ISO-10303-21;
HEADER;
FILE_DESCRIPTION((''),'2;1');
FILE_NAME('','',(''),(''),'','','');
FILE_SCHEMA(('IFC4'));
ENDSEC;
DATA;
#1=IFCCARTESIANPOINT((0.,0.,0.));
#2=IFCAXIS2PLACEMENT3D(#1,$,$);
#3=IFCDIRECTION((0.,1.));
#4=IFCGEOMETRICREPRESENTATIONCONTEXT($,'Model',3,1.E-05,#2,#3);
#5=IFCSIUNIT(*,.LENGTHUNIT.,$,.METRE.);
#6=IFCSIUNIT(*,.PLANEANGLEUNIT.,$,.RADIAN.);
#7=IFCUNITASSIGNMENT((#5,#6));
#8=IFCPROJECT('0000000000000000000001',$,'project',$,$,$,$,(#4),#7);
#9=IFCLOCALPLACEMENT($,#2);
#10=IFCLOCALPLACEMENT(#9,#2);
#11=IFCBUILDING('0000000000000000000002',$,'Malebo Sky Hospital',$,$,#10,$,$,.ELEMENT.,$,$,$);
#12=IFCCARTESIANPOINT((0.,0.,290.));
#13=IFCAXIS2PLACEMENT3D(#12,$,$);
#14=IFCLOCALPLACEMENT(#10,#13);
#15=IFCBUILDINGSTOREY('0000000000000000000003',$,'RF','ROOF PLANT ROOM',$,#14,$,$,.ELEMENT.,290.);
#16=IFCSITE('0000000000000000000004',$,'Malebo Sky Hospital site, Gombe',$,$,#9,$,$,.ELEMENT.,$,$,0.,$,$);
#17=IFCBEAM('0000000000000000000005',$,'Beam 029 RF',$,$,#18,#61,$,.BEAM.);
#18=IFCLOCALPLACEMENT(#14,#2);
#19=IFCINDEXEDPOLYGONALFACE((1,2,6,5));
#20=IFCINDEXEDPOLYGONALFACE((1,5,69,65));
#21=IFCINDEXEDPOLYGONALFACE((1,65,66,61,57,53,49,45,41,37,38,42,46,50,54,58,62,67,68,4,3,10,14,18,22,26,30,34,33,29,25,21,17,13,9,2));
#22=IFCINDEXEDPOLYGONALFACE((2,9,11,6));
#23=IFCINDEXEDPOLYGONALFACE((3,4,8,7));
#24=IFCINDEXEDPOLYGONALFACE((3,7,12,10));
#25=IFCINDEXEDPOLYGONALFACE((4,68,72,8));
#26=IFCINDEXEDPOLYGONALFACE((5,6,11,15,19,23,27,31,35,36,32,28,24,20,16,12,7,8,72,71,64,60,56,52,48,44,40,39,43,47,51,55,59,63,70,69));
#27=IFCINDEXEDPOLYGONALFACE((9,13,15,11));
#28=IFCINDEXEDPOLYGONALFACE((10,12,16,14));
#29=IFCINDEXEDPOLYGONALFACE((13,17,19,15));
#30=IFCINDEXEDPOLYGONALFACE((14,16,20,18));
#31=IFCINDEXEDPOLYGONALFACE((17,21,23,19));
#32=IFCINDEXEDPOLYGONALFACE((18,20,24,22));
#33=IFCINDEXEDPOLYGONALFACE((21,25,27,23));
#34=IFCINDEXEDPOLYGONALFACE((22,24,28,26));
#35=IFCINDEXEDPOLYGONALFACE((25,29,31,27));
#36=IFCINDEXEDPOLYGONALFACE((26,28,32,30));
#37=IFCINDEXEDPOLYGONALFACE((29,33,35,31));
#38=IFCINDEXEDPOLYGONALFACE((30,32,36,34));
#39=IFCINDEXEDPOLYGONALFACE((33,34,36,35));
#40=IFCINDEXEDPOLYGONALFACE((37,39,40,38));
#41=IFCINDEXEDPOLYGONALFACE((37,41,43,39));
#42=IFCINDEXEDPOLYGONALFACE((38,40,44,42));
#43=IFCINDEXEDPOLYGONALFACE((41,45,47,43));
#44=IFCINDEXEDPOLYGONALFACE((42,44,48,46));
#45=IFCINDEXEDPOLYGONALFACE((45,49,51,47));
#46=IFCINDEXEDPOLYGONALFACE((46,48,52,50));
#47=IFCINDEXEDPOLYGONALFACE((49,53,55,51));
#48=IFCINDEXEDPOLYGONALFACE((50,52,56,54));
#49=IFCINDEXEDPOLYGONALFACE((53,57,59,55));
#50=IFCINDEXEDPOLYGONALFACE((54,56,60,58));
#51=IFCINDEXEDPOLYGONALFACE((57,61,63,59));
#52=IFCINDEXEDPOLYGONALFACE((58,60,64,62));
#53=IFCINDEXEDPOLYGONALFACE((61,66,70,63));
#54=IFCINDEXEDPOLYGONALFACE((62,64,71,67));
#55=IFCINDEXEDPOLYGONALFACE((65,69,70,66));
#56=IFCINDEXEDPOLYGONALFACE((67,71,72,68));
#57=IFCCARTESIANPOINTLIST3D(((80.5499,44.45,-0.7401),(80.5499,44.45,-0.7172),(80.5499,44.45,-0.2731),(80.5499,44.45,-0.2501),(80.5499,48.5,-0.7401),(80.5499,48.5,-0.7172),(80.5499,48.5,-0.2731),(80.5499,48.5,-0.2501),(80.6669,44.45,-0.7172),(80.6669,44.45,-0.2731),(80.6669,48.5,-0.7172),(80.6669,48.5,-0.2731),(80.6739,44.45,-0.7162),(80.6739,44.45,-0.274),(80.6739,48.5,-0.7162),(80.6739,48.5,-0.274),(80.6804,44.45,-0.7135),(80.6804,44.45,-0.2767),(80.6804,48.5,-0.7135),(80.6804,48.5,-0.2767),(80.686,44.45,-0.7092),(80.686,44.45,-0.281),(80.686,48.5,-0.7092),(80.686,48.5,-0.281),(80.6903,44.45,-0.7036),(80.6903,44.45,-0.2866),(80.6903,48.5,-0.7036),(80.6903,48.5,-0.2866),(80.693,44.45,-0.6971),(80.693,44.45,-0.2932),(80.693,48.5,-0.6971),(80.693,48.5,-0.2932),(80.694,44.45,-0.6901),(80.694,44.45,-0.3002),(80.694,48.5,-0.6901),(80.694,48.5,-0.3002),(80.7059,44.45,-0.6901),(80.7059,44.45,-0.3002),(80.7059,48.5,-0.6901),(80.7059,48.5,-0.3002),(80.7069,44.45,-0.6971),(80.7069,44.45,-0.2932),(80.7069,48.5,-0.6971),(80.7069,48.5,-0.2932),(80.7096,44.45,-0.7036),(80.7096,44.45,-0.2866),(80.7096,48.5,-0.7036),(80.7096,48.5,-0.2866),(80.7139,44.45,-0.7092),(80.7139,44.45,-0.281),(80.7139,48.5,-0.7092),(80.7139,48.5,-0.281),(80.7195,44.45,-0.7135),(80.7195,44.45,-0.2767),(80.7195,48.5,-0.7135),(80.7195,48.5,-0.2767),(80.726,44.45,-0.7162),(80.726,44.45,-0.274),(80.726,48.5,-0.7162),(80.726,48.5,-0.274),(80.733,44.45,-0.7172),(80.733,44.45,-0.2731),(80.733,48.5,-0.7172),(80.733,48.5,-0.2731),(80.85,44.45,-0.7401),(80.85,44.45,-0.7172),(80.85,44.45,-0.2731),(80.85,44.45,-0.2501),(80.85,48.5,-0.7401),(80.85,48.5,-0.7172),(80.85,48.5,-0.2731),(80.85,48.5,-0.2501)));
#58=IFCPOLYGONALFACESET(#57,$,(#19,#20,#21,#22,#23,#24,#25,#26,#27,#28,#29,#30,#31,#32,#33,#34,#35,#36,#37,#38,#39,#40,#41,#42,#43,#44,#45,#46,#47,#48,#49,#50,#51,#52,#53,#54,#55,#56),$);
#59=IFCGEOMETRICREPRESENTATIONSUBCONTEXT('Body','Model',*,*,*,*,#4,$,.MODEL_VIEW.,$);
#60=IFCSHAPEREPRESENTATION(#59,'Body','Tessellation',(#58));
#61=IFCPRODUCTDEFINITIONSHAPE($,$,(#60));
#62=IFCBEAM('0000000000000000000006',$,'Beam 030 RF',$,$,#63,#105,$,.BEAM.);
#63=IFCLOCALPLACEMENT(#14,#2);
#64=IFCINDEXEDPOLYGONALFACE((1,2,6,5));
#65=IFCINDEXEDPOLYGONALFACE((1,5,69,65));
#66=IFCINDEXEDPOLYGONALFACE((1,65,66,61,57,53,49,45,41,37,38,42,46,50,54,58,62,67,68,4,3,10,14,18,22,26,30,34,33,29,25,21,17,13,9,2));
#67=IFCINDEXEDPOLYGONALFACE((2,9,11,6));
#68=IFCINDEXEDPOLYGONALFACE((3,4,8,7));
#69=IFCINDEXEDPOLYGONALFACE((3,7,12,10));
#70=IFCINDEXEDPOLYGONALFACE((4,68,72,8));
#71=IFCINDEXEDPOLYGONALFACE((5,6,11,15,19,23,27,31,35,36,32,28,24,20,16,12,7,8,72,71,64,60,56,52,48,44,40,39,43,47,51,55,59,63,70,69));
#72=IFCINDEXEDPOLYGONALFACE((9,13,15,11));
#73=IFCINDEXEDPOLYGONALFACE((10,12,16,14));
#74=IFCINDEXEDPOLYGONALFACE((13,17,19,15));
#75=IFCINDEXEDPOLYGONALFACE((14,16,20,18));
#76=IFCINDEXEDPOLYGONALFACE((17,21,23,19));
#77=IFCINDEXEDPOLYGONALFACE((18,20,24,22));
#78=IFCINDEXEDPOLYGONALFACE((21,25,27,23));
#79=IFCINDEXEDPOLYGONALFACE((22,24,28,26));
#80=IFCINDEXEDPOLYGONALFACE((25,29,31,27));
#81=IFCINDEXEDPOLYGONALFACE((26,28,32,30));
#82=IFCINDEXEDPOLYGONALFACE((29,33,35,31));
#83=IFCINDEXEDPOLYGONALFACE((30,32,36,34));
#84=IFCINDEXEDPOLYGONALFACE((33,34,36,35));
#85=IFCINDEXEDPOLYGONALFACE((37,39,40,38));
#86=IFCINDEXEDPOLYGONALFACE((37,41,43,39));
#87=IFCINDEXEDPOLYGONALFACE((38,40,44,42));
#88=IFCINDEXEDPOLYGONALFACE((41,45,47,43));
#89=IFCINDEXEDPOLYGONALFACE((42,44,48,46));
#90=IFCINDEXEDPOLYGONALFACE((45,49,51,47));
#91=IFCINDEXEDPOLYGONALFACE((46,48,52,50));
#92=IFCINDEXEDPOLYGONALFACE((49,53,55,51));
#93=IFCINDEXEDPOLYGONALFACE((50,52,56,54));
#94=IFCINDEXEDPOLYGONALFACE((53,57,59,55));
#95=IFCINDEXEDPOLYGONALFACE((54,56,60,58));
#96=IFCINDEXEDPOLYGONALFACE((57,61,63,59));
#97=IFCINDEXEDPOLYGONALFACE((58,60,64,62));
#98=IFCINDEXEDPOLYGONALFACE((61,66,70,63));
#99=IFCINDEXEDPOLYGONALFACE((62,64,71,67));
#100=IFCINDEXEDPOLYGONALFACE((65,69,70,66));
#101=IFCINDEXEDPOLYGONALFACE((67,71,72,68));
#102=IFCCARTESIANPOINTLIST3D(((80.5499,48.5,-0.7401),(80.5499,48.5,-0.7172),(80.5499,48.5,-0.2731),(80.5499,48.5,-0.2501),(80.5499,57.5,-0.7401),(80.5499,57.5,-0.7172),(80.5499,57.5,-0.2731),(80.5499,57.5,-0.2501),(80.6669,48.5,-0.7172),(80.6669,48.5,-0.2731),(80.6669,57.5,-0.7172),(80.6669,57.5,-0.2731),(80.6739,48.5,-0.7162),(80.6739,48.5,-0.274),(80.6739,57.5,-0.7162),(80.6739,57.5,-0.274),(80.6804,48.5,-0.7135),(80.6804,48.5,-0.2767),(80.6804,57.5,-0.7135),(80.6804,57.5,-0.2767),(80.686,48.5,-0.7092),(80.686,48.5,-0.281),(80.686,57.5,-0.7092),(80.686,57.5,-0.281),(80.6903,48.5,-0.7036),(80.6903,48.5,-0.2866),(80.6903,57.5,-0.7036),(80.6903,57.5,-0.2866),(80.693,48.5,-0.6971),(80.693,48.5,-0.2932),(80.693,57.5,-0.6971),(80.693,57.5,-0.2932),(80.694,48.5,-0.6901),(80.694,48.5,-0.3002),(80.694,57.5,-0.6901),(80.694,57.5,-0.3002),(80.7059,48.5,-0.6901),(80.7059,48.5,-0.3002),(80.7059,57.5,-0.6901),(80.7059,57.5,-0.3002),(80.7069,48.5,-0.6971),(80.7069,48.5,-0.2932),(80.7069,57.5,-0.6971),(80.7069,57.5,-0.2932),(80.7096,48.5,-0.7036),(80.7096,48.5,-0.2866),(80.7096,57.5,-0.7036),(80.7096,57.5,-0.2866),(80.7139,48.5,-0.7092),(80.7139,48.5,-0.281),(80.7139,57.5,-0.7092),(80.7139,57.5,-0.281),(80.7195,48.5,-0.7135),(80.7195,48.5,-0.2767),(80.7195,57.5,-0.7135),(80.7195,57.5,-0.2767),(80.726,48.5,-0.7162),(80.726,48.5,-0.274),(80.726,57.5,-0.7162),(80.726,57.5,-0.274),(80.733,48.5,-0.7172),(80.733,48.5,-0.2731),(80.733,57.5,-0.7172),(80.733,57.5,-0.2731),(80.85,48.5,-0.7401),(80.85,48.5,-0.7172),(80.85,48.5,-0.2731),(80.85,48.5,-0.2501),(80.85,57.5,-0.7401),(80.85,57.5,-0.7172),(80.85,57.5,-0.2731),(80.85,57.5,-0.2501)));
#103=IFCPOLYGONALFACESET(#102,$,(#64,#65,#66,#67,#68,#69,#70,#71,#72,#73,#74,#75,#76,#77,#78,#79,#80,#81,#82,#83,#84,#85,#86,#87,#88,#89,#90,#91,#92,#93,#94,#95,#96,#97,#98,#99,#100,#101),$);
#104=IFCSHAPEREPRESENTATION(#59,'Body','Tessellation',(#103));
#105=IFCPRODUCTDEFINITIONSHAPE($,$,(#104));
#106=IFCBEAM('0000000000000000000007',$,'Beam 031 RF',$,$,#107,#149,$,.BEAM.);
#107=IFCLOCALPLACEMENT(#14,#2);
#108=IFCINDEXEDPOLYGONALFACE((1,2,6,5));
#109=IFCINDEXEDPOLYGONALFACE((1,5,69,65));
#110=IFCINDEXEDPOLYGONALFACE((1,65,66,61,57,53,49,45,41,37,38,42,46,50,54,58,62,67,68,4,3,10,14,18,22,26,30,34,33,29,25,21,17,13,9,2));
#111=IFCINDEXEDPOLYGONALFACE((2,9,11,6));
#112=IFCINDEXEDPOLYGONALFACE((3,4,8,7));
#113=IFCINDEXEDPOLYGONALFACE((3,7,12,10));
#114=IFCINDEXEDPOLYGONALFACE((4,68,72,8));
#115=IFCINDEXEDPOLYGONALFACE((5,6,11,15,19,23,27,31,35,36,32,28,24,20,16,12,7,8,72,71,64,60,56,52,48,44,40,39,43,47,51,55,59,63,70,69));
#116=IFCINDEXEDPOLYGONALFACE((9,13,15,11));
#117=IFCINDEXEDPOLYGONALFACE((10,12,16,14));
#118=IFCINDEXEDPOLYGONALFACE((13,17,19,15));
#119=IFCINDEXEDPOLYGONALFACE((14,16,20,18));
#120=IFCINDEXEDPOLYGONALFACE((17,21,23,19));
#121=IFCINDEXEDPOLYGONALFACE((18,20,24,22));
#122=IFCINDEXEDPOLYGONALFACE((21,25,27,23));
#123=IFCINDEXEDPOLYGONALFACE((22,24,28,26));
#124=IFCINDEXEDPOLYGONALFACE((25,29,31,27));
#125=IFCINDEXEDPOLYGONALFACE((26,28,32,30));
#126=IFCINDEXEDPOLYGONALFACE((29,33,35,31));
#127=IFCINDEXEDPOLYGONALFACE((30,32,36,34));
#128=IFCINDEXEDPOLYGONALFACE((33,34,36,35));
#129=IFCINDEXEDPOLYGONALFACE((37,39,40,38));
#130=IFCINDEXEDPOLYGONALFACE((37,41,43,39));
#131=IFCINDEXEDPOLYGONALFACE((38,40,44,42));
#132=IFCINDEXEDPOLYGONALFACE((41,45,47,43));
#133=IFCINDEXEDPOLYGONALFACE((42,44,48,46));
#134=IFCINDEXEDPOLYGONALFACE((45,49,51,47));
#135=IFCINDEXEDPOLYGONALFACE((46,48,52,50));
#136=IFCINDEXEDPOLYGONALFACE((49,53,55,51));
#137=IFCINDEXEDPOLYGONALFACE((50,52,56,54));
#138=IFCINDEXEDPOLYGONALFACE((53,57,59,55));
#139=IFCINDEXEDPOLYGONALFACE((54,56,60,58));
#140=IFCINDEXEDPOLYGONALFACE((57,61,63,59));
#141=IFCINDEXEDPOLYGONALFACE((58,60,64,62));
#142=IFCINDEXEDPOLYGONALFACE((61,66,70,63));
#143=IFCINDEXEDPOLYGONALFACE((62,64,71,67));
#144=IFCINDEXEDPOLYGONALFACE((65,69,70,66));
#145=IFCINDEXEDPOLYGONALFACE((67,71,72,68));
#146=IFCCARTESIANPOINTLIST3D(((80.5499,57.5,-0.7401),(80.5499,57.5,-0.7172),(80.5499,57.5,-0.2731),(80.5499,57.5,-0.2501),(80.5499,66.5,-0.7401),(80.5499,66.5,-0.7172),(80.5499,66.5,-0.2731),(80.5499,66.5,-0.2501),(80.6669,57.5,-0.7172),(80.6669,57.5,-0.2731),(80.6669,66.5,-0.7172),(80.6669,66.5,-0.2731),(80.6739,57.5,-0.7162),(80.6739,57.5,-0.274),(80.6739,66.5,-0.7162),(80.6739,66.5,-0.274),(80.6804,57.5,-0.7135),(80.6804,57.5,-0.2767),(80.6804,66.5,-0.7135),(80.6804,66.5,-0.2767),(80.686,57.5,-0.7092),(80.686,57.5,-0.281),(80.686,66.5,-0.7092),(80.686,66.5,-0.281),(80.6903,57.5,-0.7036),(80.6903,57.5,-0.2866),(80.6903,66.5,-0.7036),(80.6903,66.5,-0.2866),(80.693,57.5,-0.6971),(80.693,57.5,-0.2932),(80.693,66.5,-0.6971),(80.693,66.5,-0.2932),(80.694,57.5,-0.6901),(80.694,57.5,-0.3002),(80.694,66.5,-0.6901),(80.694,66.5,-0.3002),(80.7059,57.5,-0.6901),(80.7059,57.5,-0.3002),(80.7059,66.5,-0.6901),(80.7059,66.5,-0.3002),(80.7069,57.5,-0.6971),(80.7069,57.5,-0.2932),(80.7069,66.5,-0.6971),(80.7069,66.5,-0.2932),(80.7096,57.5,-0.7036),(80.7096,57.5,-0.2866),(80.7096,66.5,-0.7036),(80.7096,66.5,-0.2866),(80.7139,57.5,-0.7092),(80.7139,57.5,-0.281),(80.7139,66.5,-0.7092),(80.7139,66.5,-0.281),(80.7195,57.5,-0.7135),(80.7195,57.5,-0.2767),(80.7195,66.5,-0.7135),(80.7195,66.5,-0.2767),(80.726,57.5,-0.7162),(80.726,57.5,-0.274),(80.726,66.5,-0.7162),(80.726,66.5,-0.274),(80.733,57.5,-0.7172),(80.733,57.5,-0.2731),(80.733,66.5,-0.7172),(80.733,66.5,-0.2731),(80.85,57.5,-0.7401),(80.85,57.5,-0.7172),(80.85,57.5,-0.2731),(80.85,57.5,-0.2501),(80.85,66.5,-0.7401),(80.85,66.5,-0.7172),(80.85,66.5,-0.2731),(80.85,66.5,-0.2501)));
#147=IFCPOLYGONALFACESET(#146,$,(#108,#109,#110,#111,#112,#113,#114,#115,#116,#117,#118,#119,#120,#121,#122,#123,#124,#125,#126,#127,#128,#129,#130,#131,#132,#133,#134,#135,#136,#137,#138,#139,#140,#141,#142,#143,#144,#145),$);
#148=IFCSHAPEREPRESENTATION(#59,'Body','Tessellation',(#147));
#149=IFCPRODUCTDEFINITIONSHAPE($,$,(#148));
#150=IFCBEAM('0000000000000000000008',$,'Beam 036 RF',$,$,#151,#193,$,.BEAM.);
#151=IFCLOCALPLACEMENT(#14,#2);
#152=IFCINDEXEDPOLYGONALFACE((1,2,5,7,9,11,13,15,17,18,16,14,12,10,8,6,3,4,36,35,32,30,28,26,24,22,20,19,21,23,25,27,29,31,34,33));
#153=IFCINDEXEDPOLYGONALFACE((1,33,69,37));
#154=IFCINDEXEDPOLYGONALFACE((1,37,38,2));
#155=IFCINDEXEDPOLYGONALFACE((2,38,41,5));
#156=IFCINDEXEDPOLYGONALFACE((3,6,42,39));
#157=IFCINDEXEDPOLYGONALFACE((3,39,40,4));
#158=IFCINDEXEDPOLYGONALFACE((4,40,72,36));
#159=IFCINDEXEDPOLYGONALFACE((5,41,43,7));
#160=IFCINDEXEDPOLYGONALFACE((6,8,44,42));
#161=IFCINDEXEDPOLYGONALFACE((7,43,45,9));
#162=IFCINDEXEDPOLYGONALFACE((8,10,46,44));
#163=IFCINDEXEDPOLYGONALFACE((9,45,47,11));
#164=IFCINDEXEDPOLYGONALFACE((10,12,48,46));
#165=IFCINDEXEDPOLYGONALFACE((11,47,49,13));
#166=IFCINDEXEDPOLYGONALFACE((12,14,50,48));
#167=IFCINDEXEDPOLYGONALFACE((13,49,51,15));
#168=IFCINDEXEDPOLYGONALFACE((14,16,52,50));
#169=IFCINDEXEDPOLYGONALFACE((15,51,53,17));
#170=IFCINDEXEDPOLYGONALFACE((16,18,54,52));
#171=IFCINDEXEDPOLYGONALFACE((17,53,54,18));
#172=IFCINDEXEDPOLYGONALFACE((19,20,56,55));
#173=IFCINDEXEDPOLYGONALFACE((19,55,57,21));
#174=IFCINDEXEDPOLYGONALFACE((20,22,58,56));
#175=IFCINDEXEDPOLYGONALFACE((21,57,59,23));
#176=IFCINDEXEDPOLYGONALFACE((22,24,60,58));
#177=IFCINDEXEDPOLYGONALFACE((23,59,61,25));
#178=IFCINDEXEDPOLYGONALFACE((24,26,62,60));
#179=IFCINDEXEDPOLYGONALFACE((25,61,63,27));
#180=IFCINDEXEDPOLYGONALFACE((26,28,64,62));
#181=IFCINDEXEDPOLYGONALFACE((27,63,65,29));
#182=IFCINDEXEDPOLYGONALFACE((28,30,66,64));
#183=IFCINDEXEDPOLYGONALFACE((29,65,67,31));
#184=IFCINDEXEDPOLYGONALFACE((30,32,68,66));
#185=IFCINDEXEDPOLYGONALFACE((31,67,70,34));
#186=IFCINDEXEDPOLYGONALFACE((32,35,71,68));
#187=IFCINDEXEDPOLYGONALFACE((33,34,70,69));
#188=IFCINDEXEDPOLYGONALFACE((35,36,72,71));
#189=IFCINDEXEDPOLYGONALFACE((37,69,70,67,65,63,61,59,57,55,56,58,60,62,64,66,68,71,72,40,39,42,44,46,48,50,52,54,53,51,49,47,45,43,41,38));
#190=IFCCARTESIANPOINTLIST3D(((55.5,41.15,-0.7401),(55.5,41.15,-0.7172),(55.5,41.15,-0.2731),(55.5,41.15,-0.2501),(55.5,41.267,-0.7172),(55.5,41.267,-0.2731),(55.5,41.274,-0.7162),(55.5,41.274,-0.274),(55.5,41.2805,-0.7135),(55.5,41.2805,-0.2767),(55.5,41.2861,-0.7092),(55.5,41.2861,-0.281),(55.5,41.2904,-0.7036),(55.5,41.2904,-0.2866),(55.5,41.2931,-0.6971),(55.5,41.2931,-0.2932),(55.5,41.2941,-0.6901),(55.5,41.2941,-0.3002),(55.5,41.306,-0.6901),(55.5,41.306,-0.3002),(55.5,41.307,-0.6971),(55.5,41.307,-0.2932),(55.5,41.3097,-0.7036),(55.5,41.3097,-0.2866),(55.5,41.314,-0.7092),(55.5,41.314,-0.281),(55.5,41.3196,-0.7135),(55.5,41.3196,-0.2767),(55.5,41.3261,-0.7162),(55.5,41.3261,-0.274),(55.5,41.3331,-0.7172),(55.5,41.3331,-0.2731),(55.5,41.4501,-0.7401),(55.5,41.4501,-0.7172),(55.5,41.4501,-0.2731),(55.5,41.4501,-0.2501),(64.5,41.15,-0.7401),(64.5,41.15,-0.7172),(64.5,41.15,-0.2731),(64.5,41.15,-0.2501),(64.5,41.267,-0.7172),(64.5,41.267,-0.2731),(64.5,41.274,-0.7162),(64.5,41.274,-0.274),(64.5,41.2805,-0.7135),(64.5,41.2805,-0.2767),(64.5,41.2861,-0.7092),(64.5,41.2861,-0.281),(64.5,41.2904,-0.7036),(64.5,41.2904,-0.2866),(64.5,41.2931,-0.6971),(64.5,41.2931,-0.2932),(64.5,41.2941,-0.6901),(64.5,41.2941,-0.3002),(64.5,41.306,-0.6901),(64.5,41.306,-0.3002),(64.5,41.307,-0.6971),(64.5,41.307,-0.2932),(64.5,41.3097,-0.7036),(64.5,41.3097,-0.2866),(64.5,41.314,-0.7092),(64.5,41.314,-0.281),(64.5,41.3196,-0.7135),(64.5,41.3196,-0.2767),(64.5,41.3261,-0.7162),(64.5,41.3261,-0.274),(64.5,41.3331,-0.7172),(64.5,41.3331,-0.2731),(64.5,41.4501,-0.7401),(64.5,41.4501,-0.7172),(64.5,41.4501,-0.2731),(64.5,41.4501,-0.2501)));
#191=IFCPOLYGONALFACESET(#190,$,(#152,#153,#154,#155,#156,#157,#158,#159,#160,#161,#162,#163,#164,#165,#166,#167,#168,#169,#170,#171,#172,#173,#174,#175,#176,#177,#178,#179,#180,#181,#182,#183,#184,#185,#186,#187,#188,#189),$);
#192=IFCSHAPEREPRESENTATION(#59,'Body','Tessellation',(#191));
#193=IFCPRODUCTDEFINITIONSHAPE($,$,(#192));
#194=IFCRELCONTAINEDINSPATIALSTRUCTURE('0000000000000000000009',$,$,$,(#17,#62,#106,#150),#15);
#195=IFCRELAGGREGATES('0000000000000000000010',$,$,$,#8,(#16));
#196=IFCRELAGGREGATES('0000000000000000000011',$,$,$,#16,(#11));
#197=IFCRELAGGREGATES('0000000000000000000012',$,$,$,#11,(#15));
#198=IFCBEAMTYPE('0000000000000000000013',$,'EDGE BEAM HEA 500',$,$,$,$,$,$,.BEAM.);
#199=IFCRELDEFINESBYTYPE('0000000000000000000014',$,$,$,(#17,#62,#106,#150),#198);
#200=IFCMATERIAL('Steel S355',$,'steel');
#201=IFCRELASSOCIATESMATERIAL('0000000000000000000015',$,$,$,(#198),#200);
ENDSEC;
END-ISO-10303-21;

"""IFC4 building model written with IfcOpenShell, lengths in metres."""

from ifc_helpers import new_model, si_unit, direction, frame, origin, origin_2d, place, context, subcontext, project, spatial, i_section, extrude, material, material_profile, profile_set, type_object, element, save


model = new_model("IFC4")

# Units and contexts
model_context = context("Model", 3, precision=1e-05, world=origin(), true_north=direction((0.0, 1.0)))
body_context = subcontext(model_context, "Body", "Model", "MODEL_VIEW")
ifc_project = project(units=[si_unit("LENGTHUNIT", "METRE"), si_unit("PLANEANGLEUNIT", "RADIAN")], contexts=[model_context])

# Site, building, storey
site_placement = place(None, origin())
site = spatial("IfcSite", under=ifc_project, at=site_placement, Name="Malebo Sky Hospital site, Gombe", CompositionType="ELEMENT", RefElevation=0.0)
building_placement = place(site_placement, origin())
building = spatial("IfcBuilding", under=site, at=building_placement, Name="Malebo Sky Hospital", CompositionType="ELEMENT")
storey_placement = place(building_placement, frame((0.0, 0.0, 290.0)))
storey = spatial("IfcBuildingStorey", under=building, at=storey_placement, Name="RF", Description="ROOF PLANT ROOM", CompositionType="ELEMENT", Elevation=290.0)

# Beams
ifc_material_1 = material(Name="Steel S355", Category="steel")
ifc_material_profile_1 = material_profile(ifc_material_1, i_section(OverallWidth=0.3, OverallDepth=0.49, WebThickness=0.012, FlangeThickness=0.0229, FilletRadius=0.0271, at=origin_2d()), Name="HEA 500")
ifc_profile_set_1 = profile_set([ifc_material_profile_1], Name="Steel S355")
beam_type_1 = type_object("IfcBeamType", Name="EDGE BEAM HEA 500", PredefinedType="BEAM", material=ifc_profile_set_1)
beam_1_placement = place(storey_placement, frame((80.7, 44.45, -0.4951), z_axis=(0.0, 1.0, 0.0), x_axis=(-1.0, 0.0, 0.0)))
element("IfcBeam", 1, at=beam_1_placement, inside=storey, type_object=beam_type_1, Name="Beam 029 RF", PredefinedType="BEAM", context=body_context, shape_type="SweptSolid", body=[
    extrude(i_section(OverallWidth=0.3, OverallDepth=0.49, WebThickness=0.012, FlangeThickness=0.0229, FilletRadius=0.0271, at=origin_2d()), origin(), (0.0, 0.0, 1.0), 4.05),
])
for number, where, z_axis, x_axis, name in (
    (2, (80.7, 48.5, -0.4951), (0.0, 1.0, 0.0), (-1.0, 0.0, 0.0), "Beam 030 RF"),
    (3, (80.7, 57.5, -0.4951), (0.0, 1.0, 0.0), (-1.0, 0.0, 0.0), "Beam 031 RF"),
    (4, (55.5, 41.3, -0.4951), (1.0, 0.0, 0.0), (0.0, 1.0, 0.0), "Beam 036 RF"),
):
    element("IfcBeam", number, at=place(storey_placement, frame(where, z_axis=z_axis, x_axis=x_axis)), inside=storey, type_object=beam_type_1, Name=name, PredefinedType="BEAM", context=body_context, shape_type="SweptSolid", body=[
        extrude(i_section(OverallWidth=0.3, OverallDepth=0.49, WebThickness=0.012, FlangeThickness=0.0229, FilletRadius=0.0271, at=origin_2d()), origin(), (0.0, 0.0, 1.0), 9.0),
    ])

save(model, "model.ifc")
